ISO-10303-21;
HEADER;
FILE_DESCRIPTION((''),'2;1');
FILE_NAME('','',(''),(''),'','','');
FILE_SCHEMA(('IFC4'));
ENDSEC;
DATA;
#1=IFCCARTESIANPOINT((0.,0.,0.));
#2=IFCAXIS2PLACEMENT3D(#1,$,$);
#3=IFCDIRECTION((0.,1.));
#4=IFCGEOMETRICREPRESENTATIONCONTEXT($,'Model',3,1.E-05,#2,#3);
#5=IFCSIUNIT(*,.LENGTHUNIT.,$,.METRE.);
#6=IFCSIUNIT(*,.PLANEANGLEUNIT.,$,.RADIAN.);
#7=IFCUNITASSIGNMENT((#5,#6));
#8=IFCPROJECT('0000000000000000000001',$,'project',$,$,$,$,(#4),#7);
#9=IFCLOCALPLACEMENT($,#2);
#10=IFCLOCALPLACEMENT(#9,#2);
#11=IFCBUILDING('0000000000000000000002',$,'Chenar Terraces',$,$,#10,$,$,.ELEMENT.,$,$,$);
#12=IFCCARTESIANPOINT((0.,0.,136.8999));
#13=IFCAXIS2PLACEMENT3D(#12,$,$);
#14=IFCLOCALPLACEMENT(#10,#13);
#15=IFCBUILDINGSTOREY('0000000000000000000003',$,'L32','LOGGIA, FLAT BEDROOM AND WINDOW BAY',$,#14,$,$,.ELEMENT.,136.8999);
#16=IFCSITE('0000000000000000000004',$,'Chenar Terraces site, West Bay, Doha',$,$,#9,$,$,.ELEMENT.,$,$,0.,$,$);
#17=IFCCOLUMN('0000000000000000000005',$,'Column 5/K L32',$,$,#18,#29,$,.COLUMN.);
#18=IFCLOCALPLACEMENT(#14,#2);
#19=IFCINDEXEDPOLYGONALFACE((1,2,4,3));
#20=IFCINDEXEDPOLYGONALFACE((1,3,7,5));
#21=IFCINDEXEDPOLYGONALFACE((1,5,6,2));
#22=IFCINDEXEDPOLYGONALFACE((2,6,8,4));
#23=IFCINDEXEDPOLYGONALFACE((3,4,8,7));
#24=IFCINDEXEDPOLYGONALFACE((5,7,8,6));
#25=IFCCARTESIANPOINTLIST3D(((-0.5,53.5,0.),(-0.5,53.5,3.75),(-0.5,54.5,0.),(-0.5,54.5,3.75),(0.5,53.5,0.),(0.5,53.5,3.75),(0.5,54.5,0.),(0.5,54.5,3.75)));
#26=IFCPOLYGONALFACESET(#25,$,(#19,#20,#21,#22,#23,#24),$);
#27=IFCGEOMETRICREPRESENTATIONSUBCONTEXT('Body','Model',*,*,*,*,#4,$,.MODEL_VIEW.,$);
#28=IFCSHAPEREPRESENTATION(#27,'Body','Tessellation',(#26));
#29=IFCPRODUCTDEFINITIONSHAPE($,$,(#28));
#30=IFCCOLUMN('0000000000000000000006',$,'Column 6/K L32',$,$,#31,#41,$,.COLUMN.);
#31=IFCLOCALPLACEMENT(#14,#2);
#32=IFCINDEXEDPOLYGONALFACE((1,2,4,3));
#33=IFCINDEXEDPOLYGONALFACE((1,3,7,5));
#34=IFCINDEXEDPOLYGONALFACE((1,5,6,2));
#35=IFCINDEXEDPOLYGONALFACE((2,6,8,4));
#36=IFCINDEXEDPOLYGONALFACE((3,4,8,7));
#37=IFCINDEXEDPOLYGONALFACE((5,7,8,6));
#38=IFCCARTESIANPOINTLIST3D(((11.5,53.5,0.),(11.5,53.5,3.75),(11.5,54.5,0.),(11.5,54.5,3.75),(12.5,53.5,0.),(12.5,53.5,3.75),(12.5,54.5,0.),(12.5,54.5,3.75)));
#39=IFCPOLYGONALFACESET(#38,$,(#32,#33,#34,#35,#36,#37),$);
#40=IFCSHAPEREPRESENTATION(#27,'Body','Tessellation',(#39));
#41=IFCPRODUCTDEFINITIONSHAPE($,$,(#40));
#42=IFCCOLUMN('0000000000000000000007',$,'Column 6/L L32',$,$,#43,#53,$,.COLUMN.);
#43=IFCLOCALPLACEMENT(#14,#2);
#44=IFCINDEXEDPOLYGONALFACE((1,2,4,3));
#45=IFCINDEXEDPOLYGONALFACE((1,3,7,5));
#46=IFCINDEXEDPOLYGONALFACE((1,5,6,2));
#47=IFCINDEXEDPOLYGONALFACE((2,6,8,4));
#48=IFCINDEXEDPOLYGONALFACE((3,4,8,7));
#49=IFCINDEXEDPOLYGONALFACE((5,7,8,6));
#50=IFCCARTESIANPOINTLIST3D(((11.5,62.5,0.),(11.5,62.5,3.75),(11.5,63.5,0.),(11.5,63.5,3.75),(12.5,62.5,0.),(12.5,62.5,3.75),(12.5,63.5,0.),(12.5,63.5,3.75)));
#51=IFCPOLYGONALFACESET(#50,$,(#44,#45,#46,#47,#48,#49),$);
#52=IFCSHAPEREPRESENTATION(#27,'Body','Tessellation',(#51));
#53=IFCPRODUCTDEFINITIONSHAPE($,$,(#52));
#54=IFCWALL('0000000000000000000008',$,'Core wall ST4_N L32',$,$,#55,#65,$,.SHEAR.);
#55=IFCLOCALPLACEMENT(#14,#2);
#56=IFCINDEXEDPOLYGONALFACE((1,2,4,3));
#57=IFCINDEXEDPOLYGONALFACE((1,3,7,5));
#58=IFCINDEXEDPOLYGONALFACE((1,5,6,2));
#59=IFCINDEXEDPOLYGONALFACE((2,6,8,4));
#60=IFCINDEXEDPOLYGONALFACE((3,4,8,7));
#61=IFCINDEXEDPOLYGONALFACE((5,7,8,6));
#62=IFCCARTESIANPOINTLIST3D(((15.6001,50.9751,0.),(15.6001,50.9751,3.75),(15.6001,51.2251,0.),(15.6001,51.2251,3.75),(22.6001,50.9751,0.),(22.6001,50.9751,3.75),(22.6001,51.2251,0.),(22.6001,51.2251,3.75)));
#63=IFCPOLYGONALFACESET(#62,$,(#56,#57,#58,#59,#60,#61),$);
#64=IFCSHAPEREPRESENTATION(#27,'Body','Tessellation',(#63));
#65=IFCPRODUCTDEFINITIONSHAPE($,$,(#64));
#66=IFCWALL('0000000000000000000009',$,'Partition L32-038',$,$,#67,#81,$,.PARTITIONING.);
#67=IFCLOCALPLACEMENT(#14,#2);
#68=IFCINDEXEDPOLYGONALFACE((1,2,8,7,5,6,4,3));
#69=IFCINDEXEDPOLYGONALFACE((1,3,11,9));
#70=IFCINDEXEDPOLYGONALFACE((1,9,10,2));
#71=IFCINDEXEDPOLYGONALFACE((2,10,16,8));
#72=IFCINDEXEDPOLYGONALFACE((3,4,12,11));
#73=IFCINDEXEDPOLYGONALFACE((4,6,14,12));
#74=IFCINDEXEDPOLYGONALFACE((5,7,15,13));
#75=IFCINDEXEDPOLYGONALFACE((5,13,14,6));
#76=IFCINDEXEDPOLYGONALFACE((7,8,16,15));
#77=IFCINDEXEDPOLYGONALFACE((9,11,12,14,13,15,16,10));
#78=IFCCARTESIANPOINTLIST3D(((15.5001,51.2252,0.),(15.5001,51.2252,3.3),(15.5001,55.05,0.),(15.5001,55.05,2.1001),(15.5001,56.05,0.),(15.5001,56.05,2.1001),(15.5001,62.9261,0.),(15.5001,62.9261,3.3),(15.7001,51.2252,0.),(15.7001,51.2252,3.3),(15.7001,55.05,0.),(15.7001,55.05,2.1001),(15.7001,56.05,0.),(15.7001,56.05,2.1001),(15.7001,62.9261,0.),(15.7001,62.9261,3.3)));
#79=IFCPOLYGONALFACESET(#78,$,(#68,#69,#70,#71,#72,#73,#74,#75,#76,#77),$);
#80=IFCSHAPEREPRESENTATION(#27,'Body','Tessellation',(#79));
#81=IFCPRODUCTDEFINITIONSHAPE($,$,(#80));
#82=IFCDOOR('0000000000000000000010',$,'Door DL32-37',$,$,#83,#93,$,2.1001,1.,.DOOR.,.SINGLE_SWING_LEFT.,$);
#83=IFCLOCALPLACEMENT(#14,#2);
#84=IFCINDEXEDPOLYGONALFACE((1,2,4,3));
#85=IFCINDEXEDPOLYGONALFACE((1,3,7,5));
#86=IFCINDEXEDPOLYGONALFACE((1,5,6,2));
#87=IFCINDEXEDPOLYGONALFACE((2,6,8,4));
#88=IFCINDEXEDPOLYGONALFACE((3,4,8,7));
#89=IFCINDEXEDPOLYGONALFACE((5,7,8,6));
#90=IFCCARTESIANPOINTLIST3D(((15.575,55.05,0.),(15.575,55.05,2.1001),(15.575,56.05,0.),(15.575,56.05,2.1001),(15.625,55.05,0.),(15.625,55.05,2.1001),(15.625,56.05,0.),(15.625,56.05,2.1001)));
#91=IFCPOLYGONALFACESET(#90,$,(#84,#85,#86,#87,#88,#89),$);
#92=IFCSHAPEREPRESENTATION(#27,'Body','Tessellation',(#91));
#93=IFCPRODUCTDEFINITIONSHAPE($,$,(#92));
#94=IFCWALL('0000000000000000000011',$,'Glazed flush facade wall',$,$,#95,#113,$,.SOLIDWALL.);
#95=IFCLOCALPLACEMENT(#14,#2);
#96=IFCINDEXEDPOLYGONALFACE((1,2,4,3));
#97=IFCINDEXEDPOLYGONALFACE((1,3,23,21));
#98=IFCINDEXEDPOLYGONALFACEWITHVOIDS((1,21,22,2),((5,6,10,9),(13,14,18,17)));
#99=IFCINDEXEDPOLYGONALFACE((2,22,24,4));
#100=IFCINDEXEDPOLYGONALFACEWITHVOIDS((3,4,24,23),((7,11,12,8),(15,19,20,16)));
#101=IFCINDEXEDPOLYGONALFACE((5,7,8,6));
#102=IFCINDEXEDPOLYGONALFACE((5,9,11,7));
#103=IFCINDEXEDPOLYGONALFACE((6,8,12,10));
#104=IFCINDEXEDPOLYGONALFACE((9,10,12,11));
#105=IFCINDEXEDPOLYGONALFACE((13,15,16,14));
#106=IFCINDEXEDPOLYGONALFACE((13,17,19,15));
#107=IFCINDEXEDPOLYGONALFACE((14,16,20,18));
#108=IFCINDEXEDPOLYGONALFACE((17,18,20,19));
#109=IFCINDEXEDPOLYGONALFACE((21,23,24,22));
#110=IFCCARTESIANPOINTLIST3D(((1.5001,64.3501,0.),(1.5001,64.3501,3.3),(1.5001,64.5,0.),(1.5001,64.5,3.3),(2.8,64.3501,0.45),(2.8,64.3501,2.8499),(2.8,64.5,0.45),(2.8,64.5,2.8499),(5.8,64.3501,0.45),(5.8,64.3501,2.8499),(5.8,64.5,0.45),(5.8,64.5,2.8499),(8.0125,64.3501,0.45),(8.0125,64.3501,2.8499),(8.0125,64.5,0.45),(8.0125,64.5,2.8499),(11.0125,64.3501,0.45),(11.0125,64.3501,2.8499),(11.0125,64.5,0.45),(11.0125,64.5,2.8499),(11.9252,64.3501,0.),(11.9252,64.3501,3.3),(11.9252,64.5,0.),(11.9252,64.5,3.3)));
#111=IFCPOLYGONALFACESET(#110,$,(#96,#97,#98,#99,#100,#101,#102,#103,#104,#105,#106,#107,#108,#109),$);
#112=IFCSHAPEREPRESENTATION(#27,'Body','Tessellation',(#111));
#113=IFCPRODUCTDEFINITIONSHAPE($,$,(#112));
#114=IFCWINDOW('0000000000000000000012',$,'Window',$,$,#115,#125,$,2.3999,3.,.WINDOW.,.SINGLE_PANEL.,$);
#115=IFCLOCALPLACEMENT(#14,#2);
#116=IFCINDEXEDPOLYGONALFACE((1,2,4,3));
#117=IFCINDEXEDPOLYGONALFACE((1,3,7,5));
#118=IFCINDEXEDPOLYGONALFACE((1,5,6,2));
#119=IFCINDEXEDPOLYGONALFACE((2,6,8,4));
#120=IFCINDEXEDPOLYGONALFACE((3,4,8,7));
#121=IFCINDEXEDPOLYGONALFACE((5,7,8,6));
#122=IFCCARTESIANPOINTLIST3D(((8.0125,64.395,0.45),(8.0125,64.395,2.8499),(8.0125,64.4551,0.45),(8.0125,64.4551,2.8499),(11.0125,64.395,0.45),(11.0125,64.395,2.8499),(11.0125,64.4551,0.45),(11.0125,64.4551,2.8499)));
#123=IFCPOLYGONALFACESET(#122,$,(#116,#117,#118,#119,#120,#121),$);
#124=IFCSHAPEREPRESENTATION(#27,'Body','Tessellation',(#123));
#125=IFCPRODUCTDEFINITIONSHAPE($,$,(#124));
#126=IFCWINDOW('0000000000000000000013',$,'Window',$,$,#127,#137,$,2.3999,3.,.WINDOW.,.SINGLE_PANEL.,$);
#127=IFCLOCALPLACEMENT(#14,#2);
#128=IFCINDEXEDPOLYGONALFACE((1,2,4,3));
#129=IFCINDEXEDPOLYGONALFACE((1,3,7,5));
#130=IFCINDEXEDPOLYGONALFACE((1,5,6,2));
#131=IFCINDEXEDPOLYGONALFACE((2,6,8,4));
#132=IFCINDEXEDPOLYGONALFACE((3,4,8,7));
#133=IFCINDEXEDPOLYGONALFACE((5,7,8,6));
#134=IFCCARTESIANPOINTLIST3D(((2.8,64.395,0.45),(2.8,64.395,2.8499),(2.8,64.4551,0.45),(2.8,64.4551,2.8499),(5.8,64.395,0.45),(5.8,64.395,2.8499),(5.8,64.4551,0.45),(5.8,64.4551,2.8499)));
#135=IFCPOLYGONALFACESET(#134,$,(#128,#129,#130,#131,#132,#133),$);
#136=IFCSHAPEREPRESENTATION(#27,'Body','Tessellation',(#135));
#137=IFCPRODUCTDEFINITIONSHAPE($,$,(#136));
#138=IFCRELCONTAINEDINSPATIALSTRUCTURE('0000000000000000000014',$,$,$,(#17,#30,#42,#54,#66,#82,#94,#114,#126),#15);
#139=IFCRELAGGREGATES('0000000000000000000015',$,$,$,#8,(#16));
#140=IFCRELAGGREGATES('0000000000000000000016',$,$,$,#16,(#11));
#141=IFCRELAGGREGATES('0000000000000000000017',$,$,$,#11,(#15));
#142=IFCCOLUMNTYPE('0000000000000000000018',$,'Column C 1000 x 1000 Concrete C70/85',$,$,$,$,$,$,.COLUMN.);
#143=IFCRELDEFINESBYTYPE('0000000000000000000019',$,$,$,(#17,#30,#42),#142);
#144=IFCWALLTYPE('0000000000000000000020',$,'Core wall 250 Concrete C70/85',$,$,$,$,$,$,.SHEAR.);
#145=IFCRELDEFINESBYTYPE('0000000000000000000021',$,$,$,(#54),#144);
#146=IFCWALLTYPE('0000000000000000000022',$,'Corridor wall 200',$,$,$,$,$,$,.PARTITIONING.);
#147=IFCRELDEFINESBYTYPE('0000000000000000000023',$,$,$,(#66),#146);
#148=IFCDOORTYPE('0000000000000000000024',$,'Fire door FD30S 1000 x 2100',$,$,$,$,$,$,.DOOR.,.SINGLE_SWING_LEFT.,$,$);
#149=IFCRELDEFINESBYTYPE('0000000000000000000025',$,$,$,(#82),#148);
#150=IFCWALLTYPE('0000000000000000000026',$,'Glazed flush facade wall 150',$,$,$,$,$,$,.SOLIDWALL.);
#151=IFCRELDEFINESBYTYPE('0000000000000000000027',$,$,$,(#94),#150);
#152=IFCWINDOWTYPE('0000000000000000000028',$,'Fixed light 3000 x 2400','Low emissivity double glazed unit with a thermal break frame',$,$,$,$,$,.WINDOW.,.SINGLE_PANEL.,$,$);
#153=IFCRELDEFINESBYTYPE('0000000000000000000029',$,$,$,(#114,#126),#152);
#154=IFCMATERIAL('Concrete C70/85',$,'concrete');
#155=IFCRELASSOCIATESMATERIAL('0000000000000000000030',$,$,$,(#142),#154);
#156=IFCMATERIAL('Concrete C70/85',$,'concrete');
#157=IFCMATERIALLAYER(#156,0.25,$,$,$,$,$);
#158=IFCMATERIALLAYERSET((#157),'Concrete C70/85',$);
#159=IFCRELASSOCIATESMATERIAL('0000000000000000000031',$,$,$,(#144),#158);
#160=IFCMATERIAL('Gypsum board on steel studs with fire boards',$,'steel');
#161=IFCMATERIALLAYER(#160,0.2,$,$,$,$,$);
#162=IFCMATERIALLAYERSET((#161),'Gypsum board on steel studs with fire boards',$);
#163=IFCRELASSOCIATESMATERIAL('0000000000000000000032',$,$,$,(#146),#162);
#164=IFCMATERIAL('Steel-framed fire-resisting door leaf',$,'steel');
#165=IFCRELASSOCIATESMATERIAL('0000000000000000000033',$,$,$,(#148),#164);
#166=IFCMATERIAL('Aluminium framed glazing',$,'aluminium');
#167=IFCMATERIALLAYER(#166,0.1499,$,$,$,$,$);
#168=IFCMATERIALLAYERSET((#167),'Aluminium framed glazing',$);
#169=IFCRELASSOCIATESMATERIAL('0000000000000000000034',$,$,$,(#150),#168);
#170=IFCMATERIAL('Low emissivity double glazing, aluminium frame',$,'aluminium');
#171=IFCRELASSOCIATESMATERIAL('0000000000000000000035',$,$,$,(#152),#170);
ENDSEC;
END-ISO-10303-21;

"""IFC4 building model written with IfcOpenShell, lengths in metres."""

from ifc_helpers import new_model, si_unit, direction, frame, frame_2d, origin, origin_2d, place, context, subcontext, project, spatial, rectangle, extrude, material, layer, layer_set, material_profile, profile_set, type_object, element, fill, save


model = new_model("IFC4")

# Units and contexts
model_context = context("Model", 3, precision=1e-05, world=origin(), true_north=direction((0.0, 1.0)))
body_context = subcontext(model_context, "Body", "Model", "MODEL_VIEW")
ifc_project = project(units=[si_unit("LENGTHUNIT", "METRE"), si_unit("PLANEANGLEUNIT", "RADIAN")], contexts=[model_context])

# Site, building, storey
site_placement = place(None, origin())
site = spatial("IfcSite", under=ifc_project, at=site_placement, Name="Chenar Terraces site, West Bay, Doha", CompositionType="ELEMENT", RefElevation=0.0)
building_placement = place(site_placement, origin())
building = spatial("IfcBuilding", under=site, at=building_placement, Name="Chenar Terraces", CompositionType="ELEMENT")
storey_placement = place(building_placement, frame((0.0, 0.0, 136.8999)))
storey = spatial("IfcBuildingStorey", under=building, at=storey_placement, Name="L32", Description="LOGGIA, FLAT BEDROOM AND WINDOW BAY", CompositionType="ELEMENT", Elevation=136.8999)

# Columns
ifc_material_1 = material(Name="Concrete C70/85", Category="concrete")
ifc_material_profile = material_profile(ifc_material_1, rectangle(XDim=1.0, YDim=1.0, at=origin_2d()), Name="C 1000 x 1000")
ifc_profile_set = profile_set([ifc_material_profile], Name="Concrete C70/85")
column_type = type_object("IfcColumnType", Name="Column C 1000 x 1000 Concrete C70/85", PredefinedType="COLUMN", material=ifc_profile_set)
for number, where, z_axis, x_axis, name in (
    (1, (0.0, 54.0, 0.0), (0.0, 0.0, 1.0), (1.0, 0.0, 0.0), "Column 5/K L32"),
    (2, (12.0, 54.0, 0.0), (0.0, 0.0, 1.0), (1.0, 0.0, 0.0), "Column 6/K L32"),
    (3, (12.0, 63.0, 0.0), (0.0, 0.0, 1.0), (1.0, 0.0, 0.0), "Column 6/L L32"),
):
    element("IfcColumn", number, at=place(storey_placement, frame(where, z_axis=z_axis, x_axis=x_axis)), inside=storey, type_object=column_type, Name=name, PredefinedType="COLUMN", context=body_context, shape_type="SweptSolid", body=[
        extrude(rectangle(XDim=1.0, YDim=1.0, at=origin_2d()), origin(), (0.0, 0.0, 1.0), 3.75),
    ])

# Wall
ifc_material_2 = material(Name="Concrete C70/85", Category="concrete")
ifc_layer_1 = layer(ifc_material_2, 0.25)
ifc_layer_set_1 = layer_set([ifc_layer_1], Name="Concrete C70/85")
wall_type_1 = type_object("IfcWallType", Name="Core wall 250 Concrete C70/85", PredefinedType="SHEAR", material=ifc_layer_set_1)
wall_1_placement = place(storey_placement, frame((15.6001, 51.1001, 0.0), z_axis=(0.0, 0.0, 1.0), x_axis=(1.0, 0.0, 0.0)))
element("IfcWall", 4, at=wall_1_placement, inside=storey, type_object=wall_type_1, Name="Core wall ST4_N L32", PredefinedType="SHEAR", context=body_context, shape_type="SweptSolid", body=[
    extrude(rectangle(XDim=7.0, YDim=0.25, at=frame_2d((3.5, 0.0))), origin(), (0.0, 0.0, 1.0), 3.75),
])

# Wall, opening, door
ifc_material_3 = material(Name="Gypsum board on steel studs with fire boards", Category="steel")
ifc_layer_2 = layer(ifc_material_3, 0.2)
ifc_layer_set_2 = layer_set([ifc_layer_2], Name="Gypsum board on steel studs with fire boards")
wall_type_2 = type_object("IfcWallType", Name="Corridor wall 200", PredefinedType="PARTITIONING", material=ifc_layer_set_2)
wall_2_placement = place(storey_placement, frame((15.6001, 51.2251, 0.0), z_axis=(0.0, 0.0, 1.0), x_axis=(0.0, 1.0, 0.0)))
wall_2 = element("IfcWall", 5, at=wall_2_placement, inside=storey, type_object=wall_type_2, Name="Partition L32-038", PredefinedType="PARTITIONING", context=body_context, shape_type="SweptSolid", body=[
    extrude(rectangle(XDim=11.7009, YDim=0.2, at=frame_2d((5.8506, 0.0))), origin(), (0.0, 0.0, 1.0), 3.3),
])
opening_1_placement = place(wall_2_placement, frame((3.825, 0.0, 0.0)))
opening_1 = element("IfcOpeningElement", 6, at=opening_1_placement, cuts=wall_2, PredefinedType="OPENING", context=body_context, shape_type="SweptSolid", body=[
    extrude(rectangle(XDim=1.0, YDim=2.1001, at=frame_2d((0.5, 1.05))), frame((0.0, 0.1099, 0.0), z_axis=(0.0, -1.0, 0.0), x_axis=(1.0, 0.0, 0.0)), (0.0, 0.0, 1.0), 0.22),
])
ifc_material_4 = material(Name="Steel-framed fire-resisting door leaf", Category="steel")
door_type_1 = type_object("IfcDoorType", Name="Fire door FD30S 1000 x 2100", OperationType="SINGLE_SWING_LEFT", PredefinedType="DOOR", material=ifc_material_4)
door_1_placement = place(opening_1_placement, frame((1.0, 0.0, 0.0), z_axis=(0.0, 0.0, 1.0), x_axis=(-1.0, 0.0, 0.0)))
door_1 = element("IfcDoor", 7, at=door_1_placement, inside=storey, type_object=door_type_1, Name="Door DL32-37", OperationType="SINGLE_SWING_LEFT", OverallHeight=2.1001, OverallWidth=1.0, PredefinedType="DOOR", context=body_context, shape_type="SweptSolid", body=[
    extrude(rectangle(XDim=1.0, YDim=2.1001, at=frame_2d((0.5, 1.05))), frame((0.0, 0.0249, 0.0), z_axis=(0.0, -1.0, 0.0), x_axis=(1.0, 0.0, 0.0)), (0.0, 0.0, 1.0), 0.05),
])
fill(opening_1, door_1)

# Wall, openings, windows
ifc_material_5 = material(Name="Aluminium framed glazing", Category="aluminium")
ifc_layer_3 = layer(ifc_material_5, 0.1499)
ifc_layer_set_3 = layer_set([ifc_layer_3], Name="Aluminium framed glazing")
wall_type_3 = type_object("IfcWallType", Name="Glazed flush facade wall 150", PredefinedType="SOLIDWALL", material=ifc_layer_set_3)
wall_3_placement = place(storey_placement, frame((11.925, 64.425, 0.0), z_axis=(0.0, 0.0, 1.0), x_axis=(-1.0, 0.0, 0.0)))
wall_3 = element("IfcWall", 8, at=wall_3_placement, inside=storey, type_object=wall_type_3, Name="Glazed flush facade wall", PredefinedType="SOLIDWALL", context=body_context, shape_type="SweptSolid", body=[
    extrude(rectangle(XDim=10.425, YDim=0.1499, at=frame_2d((5.2124, 0.0))), origin(), (0.0, 0.0, 1.0), 3.3),
])
opening_2_placement = place(wall_3_placement, frame((0.9126, 0.0, 0.45)))
opening_2 = element("IfcOpeningElement", 9, at=opening_2_placement, cuts=wall_3, PredefinedType="OPENING", context=body_context, shape_type="SweptSolid", body=[
    extrude(rectangle(XDim=3.0, YDim=2.3999, at=frame_2d((1.5, 1.2))), frame((0.0, 0.085, 0.0), z_axis=(0.0, -1.0, 0.0), x_axis=(1.0, 0.0, 0.0)), (0.0, 0.0, 1.0), 0.1699),
])
opening_3_placement = place(wall_3_placement, frame((6.125, 0.0, 0.45)))
opening_3 = element("IfcOpeningElement", 10, at=opening_3_placement, cuts=wall_3, PredefinedType="OPENING", context=body_context, shape_type="SweptSolid", body=[
    extrude(rectangle(XDim=3.0, YDim=2.3999, at=frame_2d((1.5, 1.2))), frame((0.0, 0.085, 0.0), z_axis=(0.0, -1.0, 0.0), x_axis=(1.0, 0.0, 0.0)), (0.0, 0.0, 1.0), 0.1699),
])
ifc_material_6 = material(Name="Low emissivity double glazing, aluminium frame", Category="aluminium")
window_type_1 = type_object("IfcWindowType", Name="Fixed light 3000 x 2400", Description="Low emissivity double glazed unit with a thermal break frame", PartitioningType="SINGLE_PANEL", PredefinedType="WINDOW", material=ifc_material_6)
window_1_placement = place(opening_2_placement, origin())
window_1 = element("IfcWindow", 11, at=window_1_placement, inside=storey, type_object=window_type_1, Name="Window", OverallHeight=2.3999, OverallWidth=3.0, PartitioningType="SINGLE_PANEL", PredefinedType="WINDOW", context=body_context, shape_type="SweptSolid", body=[
    extrude(rectangle(XDim=3.0, YDim=2.3999, at=frame_2d((1.5, 1.2))), frame((0.0, 0.03, 0.0), z_axis=(0.0, -1.0, 0.0), x_axis=(1.0, 0.0, 0.0)), (0.0, 0.0, 1.0), 0.0601),
])
fill(opening_2, window_1)
window_2_placement = place(opening_3_placement, origin())
window_2 = element("IfcWindow", 12, at=window_2_placement, inside=storey, type_object=window_type_1, Name="Window", OverallHeight=2.3999, OverallWidth=3.0, PartitioningType="SINGLE_PANEL", PredefinedType="WINDOW", context=body_context, shape_type="SweptSolid", body=[
    extrude(rectangle(XDim=3.0, YDim=2.3999, at=frame_2d((1.5, 1.2))), frame((0.0, 0.03, 0.0), z_axis=(0.0, -1.0, 0.0), x_axis=(1.0, 0.0, 0.0)), (0.0, 0.0, 1.0), 0.0601),
])
fill(opening_3, window_2)

save(model, "model.ifc")
